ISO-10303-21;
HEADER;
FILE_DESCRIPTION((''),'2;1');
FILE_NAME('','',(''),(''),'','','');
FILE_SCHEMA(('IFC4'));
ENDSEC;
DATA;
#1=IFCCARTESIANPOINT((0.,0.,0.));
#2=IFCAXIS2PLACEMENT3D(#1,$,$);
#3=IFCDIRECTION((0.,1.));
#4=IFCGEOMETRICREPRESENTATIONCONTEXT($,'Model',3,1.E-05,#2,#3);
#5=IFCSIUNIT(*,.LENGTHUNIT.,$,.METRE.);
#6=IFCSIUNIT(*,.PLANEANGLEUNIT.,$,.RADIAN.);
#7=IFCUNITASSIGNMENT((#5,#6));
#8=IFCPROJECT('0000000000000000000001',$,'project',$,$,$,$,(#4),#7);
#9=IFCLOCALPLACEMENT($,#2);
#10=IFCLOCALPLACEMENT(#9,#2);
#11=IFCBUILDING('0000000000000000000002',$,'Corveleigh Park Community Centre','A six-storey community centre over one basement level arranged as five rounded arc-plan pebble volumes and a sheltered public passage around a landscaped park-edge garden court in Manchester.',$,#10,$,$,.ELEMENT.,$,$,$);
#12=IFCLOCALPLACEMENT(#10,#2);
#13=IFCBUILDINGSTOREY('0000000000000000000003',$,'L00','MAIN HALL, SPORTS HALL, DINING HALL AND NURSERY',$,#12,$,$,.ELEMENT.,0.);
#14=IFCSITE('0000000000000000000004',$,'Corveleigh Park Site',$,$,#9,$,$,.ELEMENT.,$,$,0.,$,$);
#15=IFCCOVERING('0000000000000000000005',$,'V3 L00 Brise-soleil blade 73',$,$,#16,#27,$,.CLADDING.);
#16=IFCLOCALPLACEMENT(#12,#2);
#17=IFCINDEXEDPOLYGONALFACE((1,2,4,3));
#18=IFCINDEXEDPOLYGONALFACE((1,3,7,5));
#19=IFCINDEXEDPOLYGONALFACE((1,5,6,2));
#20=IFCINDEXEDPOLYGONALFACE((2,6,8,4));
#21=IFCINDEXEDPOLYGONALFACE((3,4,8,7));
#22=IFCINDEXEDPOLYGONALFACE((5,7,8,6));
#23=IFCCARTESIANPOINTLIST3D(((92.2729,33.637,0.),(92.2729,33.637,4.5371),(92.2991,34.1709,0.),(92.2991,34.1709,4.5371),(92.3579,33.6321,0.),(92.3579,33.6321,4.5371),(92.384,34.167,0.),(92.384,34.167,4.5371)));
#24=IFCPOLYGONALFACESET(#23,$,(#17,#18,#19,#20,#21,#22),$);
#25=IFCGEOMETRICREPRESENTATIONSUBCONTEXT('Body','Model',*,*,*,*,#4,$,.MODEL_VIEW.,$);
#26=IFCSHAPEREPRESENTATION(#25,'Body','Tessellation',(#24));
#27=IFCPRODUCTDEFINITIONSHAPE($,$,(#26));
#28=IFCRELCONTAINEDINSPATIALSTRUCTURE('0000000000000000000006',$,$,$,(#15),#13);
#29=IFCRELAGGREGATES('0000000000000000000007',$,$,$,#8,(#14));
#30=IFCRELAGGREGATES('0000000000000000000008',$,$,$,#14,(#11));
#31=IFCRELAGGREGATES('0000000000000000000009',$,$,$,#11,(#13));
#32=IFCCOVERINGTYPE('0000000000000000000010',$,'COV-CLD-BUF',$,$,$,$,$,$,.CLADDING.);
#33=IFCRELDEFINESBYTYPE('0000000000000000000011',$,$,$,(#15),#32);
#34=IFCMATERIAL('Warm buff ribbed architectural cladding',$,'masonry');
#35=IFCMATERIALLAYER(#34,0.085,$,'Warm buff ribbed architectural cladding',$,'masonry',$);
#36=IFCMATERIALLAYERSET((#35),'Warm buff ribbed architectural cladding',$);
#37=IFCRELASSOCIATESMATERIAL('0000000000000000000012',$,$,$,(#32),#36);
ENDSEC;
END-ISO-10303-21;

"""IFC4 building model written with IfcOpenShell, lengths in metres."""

from ifc_helpers import new_model, si_unit, direction, origin, place, context, subcontext, project, spatial, polyline, outline, extrude, material, layer, layer_set, type_object, element, save


model = new_model("IFC4")

# Units and contexts
model_context = context("Model", 3, precision=1e-05, world=origin(), true_north=direction((0.0, 1.0)))
body_context = subcontext(model_context, "Body", "Model", "MODEL_VIEW")
ifc_project = project(units=[si_unit("LENGTHUNIT", "METRE"), si_unit("PLANEANGLEUNIT", "RADIAN")], contexts=[model_context])

# Site, building, storey
site_placement = place(None, origin())
site = spatial("IfcSite", under=ifc_project, at=site_placement, Name="Corveleigh Park Site", CompositionType="ELEMENT", RefElevation=0.0)
building_placement = place(site_placement, origin())
building = spatial("IfcBuilding", under=site, at=building_placement, Name="Corveleigh Park Community Centre", Description="A six-storey community centre over one basement level arranged as five rounded arc-plan pebble volumes and a sheltered public passage around a landscaped park-edge garden court in Manchester.", CompositionType="ELEMENT")
storey_placement = place(building_placement, origin())
storey = spatial("IfcBuildingStorey", under=building, at=storey_placement, Name="L00", Description="MAIN HALL, SPORTS HALL, DINING HALL AND NURSERY", CompositionType="ELEMENT", Elevation=0.0)

# Covering
ifc_material = material(Name="Warm buff ribbed architectural cladding", Category="masonry")
ifc_layer = layer(ifc_material, 0.085, Name="Warm buff ribbed architectural cladding", Category="masonry")
ifc_layer_set = layer_set([ifc_layer], Name="Warm buff ribbed architectural cladding")
covering_type = type_object("IfcCoveringType", Name="COV-CLD-BUF", PredefinedType="CLADDING", material=ifc_layer_set)
covering_1_placement = place(storey_placement, origin())
element("IfcCovering", 1, at=covering_1_placement, inside=storey, type_object=covering_type, Name="V3 L00 Brise-soleil blade 73", PredefinedType="CLADDING", context=body_context, shape_type="SweptSolid", body=[
    extrude(outline(polyline([(92.2729, 33.637), (92.3579, 33.6321), (92.384, 34.167), (92.2991, 34.1709), (92.2729, 33.637)])), origin(), (0.0, 0.0, 1.0), 4.5371),
])

save(model, "model.ifc")
